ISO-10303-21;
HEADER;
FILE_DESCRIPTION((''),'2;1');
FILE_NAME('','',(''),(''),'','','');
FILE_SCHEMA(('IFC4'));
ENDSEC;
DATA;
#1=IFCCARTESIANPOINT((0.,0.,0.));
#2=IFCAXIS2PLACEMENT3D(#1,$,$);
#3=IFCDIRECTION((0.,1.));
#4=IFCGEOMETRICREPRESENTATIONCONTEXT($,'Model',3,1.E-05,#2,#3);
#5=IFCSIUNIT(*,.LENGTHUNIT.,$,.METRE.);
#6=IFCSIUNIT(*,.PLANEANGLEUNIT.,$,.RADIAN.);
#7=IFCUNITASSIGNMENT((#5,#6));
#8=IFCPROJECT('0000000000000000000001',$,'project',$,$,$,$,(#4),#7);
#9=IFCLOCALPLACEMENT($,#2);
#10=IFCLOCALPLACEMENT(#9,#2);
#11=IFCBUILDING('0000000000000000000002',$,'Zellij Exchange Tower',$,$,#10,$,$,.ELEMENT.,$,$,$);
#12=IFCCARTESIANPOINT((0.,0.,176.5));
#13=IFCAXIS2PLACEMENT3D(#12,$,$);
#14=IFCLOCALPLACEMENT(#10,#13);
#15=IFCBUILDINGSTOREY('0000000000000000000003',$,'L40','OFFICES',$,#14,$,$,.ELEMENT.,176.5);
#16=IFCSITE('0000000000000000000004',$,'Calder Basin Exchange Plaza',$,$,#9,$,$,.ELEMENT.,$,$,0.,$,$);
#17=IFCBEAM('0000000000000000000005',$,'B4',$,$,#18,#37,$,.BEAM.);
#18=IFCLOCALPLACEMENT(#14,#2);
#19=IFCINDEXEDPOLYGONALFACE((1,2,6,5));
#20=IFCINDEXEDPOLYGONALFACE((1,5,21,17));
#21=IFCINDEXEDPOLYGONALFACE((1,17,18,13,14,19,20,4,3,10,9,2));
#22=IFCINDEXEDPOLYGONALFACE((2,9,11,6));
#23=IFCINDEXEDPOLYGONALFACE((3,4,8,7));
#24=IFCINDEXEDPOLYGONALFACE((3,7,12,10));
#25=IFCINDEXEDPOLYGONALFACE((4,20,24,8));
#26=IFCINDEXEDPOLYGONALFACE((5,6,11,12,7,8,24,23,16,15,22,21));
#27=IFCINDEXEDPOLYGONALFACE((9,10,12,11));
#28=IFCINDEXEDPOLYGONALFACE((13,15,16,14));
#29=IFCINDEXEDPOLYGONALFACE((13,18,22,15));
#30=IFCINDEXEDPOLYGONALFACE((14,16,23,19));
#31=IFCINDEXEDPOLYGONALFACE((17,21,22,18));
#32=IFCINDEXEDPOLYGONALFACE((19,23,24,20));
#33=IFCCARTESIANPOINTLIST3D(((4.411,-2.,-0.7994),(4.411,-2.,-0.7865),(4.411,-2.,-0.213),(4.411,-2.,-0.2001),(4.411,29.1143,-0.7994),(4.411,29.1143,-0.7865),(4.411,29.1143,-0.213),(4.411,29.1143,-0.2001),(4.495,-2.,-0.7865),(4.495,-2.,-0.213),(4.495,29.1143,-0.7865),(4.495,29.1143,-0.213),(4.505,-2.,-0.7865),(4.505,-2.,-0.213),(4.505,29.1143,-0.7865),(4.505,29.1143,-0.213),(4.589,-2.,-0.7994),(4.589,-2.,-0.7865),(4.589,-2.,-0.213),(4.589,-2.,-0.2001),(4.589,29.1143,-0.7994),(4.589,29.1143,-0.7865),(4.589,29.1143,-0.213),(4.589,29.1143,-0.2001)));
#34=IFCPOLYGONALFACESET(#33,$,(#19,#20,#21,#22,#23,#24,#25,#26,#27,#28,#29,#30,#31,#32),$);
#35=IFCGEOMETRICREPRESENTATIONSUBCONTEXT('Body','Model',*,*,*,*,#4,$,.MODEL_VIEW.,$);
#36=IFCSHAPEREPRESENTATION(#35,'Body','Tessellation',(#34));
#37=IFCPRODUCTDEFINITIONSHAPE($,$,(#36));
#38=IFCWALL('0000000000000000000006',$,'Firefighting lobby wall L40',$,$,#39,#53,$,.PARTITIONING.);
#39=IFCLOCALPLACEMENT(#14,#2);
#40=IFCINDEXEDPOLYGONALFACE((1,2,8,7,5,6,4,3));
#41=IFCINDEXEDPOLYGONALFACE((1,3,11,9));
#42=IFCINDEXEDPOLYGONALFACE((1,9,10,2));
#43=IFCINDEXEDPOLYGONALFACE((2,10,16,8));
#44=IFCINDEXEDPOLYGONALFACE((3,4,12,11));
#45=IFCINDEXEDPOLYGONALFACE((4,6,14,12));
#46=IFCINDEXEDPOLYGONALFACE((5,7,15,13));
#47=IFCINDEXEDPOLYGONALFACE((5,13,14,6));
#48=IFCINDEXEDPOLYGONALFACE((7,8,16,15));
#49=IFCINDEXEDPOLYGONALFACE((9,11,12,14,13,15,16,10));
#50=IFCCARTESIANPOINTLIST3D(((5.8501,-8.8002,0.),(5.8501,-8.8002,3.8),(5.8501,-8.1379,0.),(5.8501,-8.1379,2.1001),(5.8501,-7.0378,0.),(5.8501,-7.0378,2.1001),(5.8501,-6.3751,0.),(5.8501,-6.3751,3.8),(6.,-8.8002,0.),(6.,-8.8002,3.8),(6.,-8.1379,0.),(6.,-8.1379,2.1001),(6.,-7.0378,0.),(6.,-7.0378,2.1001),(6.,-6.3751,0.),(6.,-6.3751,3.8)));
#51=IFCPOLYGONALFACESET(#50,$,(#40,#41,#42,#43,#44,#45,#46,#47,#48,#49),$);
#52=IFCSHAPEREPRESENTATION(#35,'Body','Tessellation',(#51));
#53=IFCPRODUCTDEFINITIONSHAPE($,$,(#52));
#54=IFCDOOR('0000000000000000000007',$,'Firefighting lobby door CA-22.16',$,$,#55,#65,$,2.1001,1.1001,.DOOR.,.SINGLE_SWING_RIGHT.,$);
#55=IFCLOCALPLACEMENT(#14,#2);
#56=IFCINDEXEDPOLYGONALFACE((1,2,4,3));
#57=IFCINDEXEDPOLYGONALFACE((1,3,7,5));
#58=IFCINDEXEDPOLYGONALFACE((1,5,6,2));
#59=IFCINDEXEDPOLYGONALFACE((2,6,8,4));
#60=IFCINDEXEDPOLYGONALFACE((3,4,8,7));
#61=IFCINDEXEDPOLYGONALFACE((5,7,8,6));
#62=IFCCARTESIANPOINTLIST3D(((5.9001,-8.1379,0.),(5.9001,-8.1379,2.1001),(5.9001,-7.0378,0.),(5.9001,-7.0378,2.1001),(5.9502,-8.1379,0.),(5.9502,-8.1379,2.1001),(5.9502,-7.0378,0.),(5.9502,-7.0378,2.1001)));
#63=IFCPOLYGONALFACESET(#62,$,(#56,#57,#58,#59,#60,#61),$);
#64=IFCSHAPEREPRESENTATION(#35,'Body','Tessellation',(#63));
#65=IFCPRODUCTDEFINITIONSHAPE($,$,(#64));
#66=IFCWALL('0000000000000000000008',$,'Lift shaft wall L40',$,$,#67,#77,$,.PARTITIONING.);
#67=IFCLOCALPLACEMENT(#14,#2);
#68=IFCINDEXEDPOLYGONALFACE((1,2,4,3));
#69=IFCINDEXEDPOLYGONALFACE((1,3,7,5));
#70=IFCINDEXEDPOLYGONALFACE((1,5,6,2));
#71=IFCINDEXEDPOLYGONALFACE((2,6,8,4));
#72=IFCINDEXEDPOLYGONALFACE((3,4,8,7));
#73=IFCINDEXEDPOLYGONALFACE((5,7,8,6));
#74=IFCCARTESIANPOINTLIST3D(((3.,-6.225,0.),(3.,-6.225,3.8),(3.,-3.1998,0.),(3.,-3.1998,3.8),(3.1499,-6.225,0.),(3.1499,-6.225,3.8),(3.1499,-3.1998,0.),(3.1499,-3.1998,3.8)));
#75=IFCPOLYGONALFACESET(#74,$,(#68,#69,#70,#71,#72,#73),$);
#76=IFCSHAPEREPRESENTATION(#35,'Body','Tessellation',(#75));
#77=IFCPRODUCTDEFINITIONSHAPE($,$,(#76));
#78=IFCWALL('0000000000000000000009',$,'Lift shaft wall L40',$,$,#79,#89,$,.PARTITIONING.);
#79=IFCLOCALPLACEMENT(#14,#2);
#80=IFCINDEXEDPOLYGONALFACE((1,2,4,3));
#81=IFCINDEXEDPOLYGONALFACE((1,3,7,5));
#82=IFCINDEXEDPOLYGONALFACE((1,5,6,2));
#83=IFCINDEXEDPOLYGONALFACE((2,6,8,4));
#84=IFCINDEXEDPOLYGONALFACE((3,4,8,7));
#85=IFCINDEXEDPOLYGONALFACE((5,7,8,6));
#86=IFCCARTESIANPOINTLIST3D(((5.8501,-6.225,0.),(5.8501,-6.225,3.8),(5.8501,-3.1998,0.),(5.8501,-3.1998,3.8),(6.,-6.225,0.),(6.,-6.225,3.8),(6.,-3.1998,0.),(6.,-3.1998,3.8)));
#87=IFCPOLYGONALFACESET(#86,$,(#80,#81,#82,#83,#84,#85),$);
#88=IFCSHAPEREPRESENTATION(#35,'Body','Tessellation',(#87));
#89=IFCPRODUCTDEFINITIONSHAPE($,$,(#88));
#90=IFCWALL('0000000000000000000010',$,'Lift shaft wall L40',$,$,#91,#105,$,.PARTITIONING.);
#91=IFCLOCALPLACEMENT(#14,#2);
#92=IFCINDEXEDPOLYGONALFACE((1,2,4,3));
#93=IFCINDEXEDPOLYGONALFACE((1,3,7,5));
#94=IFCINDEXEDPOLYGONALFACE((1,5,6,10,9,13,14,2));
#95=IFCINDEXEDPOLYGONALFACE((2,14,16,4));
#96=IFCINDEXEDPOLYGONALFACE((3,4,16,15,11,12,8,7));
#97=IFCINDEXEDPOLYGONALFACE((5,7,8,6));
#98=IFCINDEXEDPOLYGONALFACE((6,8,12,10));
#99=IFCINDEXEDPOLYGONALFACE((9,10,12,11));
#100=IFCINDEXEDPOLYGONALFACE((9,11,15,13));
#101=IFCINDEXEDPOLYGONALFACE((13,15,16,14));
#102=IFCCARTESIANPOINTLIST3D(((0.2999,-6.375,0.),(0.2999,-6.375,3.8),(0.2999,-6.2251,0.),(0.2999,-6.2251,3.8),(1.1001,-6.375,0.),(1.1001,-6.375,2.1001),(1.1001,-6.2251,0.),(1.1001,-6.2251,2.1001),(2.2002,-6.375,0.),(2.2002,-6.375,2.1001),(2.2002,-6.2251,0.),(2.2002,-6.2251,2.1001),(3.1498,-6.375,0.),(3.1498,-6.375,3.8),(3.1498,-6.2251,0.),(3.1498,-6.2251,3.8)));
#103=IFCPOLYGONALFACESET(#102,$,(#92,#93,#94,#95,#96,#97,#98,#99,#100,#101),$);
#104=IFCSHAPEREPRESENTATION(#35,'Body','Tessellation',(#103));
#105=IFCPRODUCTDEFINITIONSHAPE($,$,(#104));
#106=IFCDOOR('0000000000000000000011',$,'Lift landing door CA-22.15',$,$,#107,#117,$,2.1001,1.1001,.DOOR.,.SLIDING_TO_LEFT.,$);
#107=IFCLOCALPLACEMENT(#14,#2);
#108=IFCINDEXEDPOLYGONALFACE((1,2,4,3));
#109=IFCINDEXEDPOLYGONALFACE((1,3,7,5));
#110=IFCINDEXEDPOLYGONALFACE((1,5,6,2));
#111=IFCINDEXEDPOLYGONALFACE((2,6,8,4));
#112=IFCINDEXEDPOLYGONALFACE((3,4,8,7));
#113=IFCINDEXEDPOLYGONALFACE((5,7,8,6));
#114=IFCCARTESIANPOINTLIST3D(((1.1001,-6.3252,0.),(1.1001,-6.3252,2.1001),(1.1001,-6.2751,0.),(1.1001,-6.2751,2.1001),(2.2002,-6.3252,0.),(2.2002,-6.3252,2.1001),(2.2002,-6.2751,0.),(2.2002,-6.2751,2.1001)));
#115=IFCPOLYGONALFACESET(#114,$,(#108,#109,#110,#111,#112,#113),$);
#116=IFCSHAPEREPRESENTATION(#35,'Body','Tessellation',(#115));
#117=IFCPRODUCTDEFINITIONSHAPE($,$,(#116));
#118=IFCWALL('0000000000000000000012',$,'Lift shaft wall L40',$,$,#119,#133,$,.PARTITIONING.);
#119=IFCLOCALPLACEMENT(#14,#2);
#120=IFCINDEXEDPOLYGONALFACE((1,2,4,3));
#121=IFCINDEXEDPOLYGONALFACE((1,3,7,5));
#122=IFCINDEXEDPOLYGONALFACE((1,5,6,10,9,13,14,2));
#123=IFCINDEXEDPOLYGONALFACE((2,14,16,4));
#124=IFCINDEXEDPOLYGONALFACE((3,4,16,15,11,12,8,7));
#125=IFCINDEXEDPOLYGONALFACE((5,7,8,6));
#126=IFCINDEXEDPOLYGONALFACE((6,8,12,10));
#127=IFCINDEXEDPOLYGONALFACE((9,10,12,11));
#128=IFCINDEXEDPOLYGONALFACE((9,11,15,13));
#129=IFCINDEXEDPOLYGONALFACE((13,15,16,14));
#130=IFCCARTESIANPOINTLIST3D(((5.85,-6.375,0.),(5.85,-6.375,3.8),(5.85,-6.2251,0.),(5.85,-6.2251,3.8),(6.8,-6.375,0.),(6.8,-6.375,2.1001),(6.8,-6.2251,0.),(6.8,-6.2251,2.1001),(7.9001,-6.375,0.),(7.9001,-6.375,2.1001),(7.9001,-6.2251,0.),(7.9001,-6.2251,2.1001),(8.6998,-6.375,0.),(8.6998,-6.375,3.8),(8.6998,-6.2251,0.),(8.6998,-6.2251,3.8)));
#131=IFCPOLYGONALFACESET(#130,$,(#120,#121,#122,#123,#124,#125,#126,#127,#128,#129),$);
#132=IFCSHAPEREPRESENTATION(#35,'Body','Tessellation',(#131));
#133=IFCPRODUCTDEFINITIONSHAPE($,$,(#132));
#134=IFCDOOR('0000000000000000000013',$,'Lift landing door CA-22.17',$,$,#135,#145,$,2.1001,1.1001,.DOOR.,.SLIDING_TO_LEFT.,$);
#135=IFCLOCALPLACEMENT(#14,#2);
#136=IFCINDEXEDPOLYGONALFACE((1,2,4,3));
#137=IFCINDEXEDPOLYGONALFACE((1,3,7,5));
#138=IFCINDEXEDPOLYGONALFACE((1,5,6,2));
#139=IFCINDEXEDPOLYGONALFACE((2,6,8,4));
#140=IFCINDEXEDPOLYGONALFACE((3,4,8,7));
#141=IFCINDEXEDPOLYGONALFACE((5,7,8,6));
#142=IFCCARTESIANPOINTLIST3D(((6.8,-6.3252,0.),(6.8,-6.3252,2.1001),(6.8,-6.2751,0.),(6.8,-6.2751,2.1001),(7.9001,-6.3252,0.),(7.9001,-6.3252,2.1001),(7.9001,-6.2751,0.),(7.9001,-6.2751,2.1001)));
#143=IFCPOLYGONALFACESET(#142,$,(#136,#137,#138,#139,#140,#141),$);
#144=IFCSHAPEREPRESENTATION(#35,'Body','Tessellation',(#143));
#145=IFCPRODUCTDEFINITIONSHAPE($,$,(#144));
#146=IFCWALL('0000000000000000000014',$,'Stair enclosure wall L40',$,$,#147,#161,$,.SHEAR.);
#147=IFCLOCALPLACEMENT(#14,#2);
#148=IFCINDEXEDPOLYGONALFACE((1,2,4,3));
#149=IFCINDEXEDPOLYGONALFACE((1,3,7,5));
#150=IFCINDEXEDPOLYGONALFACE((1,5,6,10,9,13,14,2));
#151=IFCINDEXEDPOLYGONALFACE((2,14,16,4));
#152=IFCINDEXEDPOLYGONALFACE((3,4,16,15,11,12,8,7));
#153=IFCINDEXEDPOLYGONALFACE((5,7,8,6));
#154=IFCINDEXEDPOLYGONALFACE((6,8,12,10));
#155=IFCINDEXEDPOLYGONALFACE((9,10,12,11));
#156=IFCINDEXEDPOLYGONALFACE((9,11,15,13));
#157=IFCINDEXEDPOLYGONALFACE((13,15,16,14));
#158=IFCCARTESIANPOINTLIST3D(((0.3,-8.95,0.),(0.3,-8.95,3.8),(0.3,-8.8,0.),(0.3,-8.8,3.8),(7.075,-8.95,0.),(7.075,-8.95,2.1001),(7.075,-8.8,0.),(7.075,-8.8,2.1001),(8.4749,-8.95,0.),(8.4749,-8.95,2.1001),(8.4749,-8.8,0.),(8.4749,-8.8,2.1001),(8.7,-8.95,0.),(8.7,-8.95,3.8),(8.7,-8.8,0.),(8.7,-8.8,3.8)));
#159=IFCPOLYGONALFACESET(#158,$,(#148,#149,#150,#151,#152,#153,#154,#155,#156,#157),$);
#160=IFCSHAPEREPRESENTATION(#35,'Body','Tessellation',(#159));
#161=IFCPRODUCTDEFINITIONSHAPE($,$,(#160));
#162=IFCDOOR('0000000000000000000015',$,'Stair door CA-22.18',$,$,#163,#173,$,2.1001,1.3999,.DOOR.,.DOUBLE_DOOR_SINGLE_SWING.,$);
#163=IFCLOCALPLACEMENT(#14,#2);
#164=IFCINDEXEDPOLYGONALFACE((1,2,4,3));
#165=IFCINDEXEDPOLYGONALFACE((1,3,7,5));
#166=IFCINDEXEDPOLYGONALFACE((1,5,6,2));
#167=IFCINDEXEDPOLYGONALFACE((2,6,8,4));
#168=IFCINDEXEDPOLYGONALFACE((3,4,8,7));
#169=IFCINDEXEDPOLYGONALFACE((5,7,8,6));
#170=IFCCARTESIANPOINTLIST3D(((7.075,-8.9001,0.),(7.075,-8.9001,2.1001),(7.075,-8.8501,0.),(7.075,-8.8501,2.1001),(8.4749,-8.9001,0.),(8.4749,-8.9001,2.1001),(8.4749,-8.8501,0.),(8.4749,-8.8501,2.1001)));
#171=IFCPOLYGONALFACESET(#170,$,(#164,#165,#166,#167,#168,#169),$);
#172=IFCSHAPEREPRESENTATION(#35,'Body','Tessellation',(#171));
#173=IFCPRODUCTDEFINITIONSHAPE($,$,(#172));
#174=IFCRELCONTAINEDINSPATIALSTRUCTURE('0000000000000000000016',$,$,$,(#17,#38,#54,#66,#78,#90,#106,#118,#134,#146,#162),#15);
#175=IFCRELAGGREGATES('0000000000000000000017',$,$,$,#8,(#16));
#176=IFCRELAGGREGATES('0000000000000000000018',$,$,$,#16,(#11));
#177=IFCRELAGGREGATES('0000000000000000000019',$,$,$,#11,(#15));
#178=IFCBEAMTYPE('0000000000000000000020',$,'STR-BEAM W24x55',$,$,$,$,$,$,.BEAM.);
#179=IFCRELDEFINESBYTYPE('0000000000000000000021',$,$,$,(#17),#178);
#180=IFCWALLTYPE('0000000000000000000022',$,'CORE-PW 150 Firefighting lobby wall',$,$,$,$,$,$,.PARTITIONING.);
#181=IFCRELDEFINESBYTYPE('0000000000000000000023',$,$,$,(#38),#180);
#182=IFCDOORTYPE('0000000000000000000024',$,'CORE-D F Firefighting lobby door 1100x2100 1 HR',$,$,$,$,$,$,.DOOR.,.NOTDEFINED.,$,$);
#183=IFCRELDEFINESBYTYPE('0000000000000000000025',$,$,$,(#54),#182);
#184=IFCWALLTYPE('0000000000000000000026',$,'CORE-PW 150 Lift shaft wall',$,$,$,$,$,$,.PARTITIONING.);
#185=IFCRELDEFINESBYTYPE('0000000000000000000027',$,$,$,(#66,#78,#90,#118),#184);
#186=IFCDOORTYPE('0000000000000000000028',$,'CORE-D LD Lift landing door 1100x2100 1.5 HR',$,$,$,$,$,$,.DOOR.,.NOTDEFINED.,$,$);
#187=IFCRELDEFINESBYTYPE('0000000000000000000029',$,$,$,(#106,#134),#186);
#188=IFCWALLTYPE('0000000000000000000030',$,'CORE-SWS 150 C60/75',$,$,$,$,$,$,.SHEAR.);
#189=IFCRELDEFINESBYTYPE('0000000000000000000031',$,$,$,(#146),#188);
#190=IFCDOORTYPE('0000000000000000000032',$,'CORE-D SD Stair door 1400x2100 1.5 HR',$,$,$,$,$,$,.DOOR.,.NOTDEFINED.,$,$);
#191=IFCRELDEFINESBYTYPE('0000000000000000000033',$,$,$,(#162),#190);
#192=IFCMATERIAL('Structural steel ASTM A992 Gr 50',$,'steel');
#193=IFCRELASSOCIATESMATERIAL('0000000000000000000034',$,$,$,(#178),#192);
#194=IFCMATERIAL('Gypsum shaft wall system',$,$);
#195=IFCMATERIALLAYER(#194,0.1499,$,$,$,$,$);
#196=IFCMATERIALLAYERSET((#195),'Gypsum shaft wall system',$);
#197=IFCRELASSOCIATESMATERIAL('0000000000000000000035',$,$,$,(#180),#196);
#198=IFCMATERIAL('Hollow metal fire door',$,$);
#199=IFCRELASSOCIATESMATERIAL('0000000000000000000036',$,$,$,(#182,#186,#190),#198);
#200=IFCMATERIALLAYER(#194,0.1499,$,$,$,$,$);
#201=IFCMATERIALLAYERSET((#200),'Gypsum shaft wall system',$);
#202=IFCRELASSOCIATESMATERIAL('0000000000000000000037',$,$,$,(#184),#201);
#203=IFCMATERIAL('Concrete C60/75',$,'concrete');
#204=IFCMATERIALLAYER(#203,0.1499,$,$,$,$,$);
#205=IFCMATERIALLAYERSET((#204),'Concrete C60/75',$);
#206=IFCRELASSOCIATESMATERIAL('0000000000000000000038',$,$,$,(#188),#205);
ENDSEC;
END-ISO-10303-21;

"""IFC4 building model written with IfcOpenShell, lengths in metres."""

from ifc_helpers import new_model, si_unit, direction, frame, frame_2d, origin, origin_2d, place, context, subcontext, project, spatial, rectangle, i_section, extrude, material, layer, layer_set, material_profile, profile_set, type_object, element, fill, save


model = new_model("IFC4")

# Units and contexts
model_context = context("Model", 3, precision=1e-05, world=origin(), true_north=direction((0.0, 1.0)))
body_context = subcontext(model_context, "Body", "Model", "MODEL_VIEW")
ifc_project = project(units=[si_unit("LENGTHUNIT", "METRE"), si_unit("PLANEANGLEUNIT", "RADIAN")], contexts=[model_context])

# Site, building, storey
site_placement = place(None, origin())
site = spatial("IfcSite", under=ifc_project, at=site_placement, Name="Calder Basin Exchange Plaza", CompositionType="ELEMENT", RefElevation=0.0)
building_placement = place(site_placement, origin())
building = spatial("IfcBuilding", under=site, at=building_placement, Name="Zellij Exchange Tower", CompositionType="ELEMENT")
storey_placement = place(building_placement, frame((0.0, 0.0, 176.5)))
storey = spatial("IfcBuildingStorey", under=building, at=storey_placement, Name="L40", Description="OFFICES", CompositionType="ELEMENT", Elevation=176.5)

# Beam
ifc_material_1 = material(Name="Structural steel ASTM A992 Gr 50", Category="steel")
ifc_material_profile = material_profile(ifc_material_1, i_section(OverallWidth=0.178, OverallDepth=0.5994, WebThickness=0.01, FlangeThickness=0.0129, at=origin_2d()), Name="W24x55")
ifc_profile_set = profile_set([ifc_material_profile], Name="Structural steel ASTM A992 Gr 50")
beam_type = type_object("IfcBeamType", Name="STR-BEAM W24x55", PredefinedType="BEAM", material=ifc_profile_set)
beam_placement = place(storey_placement, frame((4.5, -2.0, -0.4998), z_axis=(0.0, 1.0, 0.0), x_axis=(-1.0, 0.0, 0.0)))
element("IfcBeam", 1, at=beam_placement, inside=storey, type_object=beam_type, Name="B4", PredefinedType="BEAM", context=body_context, shape_type="SweptSolid", body=[
    extrude(i_section(OverallWidth=0.178, OverallDepth=0.5994, WebThickness=0.01, FlangeThickness=0.0129, at=origin_2d()), origin(), (0.0, 0.0, 1.0), 31.1143),
])

# Wall, opening, door
ifc_material_2 = material(Name="Gypsum shaft wall system")
ifc_layer_1 = layer(ifc_material_2, 0.1499)
ifc_layer_set_1 = layer_set([ifc_layer_1], Name="Gypsum shaft wall system")
wall_type_1 = type_object("IfcWallType", Name="CORE-PW 150 Firefighting lobby wall", PredefinedType="PARTITIONING", material=ifc_layer_set_1)
wall_1_placement = place(storey_placement, frame((5.925, -8.8, 0.0), z_axis=(0.0, 0.0, 1.0), x_axis=(0.0, 1.0, 0.0)))
wall_1 = element("IfcWall", 2, at=wall_1_placement, inside=storey, type_object=wall_type_1, Name="Firefighting lobby wall L40", PredefinedType="PARTITIONING", context=body_context, shape_type="SweptSolid", body=[
    extrude(rectangle(XDim=2.425, YDim=0.1499, at=frame_2d((1.2124, 0.0))), origin(), (0.0, 0.0, 1.0), 3.8),
])
opening_1_placement = place(wall_1_placement, frame((0.6621, 0.0, 0.0)))
opening_1 = element("IfcOpeningElement", 3, at=opening_1_placement, cuts=wall_1, PredefinedType="OPENING", context=body_context, shape_type="SweptSolid", body=[
    extrude(rectangle(XDim=1.1001, YDim=2.1001, at=frame_2d((0.55, 1.05))), frame((0.0, 0.0869, 0.0), z_axis=(0.0, -1.0, 0.0), x_axis=(1.0, 0.0, 0.0)), (0.0, 0.0, 1.0), 0.1738),
])
ifc_material_3 = material(Name="Hollow metal fire door")
door_type_1 = type_object("IfcDoorType", Name="CORE-D F Firefighting lobby door 1100x2100 1 HR", OperationType="NOTDEFINED", PredefinedType="DOOR", material=ifc_material_3)
door_1_placement = place(opening_1_placement, origin())
door_1 = element("IfcDoor", 4, at=door_1_placement, inside=storey, type_object=door_type_1, Name="Firefighting lobby door CA-22.16", OperationType="SINGLE_SWING_RIGHT", OverallHeight=2.1001, OverallWidth=1.1001, PredefinedType="DOOR", context=body_context, shape_type="SweptSolid", body=[
    extrude(rectangle(XDim=1.1001, YDim=2.1001, at=frame_2d((0.55, 1.05))), frame((0.0, 0.0249, 0.0), z_axis=(0.0, -1.0, 0.0), x_axis=(1.0, 0.0, 0.0)), (0.0, 0.0, 1.0), 0.05),
])
fill(opening_1, door_1)

# Walls
ifc_layer_2 = layer(ifc_material_2, 0.1499)
ifc_layer_set_2 = layer_set([ifc_layer_2], Name="Gypsum shaft wall system")
wall_type_2 = type_object("IfcWallType", Name="CORE-PW 150 Lift shaft wall", PredefinedType="PARTITIONING", material=ifc_layer_set_2)
for number, where, z_axis, x_axis, name in (
    (5, (3.075, -6.2251, 0.0), (0.0, 0.0, 1.0), (0.0, 1.0, 0.0), "Lift shaft wall L40"),
    (6, (5.925, -6.2251, 0.0), (0.0, 0.0, 1.0), (0.0, 1.0, 0.0), "Lift shaft wall L40"),
):
    element("IfcWall", number, at=place(storey_placement, frame(where, z_axis=z_axis, x_axis=x_axis)), inside=storey, type_object=wall_type_2, Name=name, PredefinedType="PARTITIONING", context=body_context, shape_type="SweptSolid", body=[
        extrude(rectangle(XDim=3.0251, YDim=0.1499, at=frame_2d((1.5127, 0.0))), origin(), (0.0, 0.0, 1.0), 3.8),
    ])

# Walls, openings, doors
wall_2_placement = place(storey_placement, frame((0.3, -6.3, 0.0), z_axis=(0.0, 0.0, 1.0), x_axis=(1.0, 0.0, 0.0)))
wall_2 = element("IfcWall", 7, at=wall_2_placement, inside=storey, type_object=wall_type_2, Name="Lift shaft wall L40", PredefinedType="PARTITIONING", context=body_context, shape_type="SweptSolid", body=[
    extrude(rectangle(XDim=2.8499, YDim=0.1499, at=frame_2d((1.4248, 0.0))), origin(), (0.0, 0.0, 1.0), 3.8),
])
opening_2_placement = place(wall_2_placement, frame((0.8, 0.0, 0.0)))
opening_2 = element("IfcOpeningElement", 8, at=opening_2_placement, cuts=wall_2, PredefinedType="OPENING", context=body_context, shape_type="SweptSolid", body=[
    extrude(rectangle(XDim=1.1001, YDim=2.1001, at=frame_2d((0.55, 1.05))), frame((0.0, 0.0869, 0.0), z_axis=(0.0, -1.0, 0.0), x_axis=(1.0, 0.0, 0.0)), (0.0, 0.0, 1.0), 0.1738),
])
door_type_2 = type_object("IfcDoorType", Name="CORE-D LD Lift landing door 1100x2100 1.5 HR", OperationType="NOTDEFINED", PredefinedType="DOOR", material=ifc_material_3)
door_2_placement = place(opening_2_placement, origin())
door_2 = element("IfcDoor", 9, at=door_2_placement, inside=storey, type_object=door_type_2, Name="Lift landing door CA-22.15", OperationType="SLIDING_TO_LEFT", OverallHeight=2.1001, OverallWidth=1.1001, PredefinedType="DOOR", context=body_context, shape_type="SweptSolid", body=[
    extrude(rectangle(XDim=1.1001, YDim=2.1001, at=frame_2d((0.55, 1.05))), frame((0.0, 0.0249, 0.0), z_axis=(0.0, -1.0, 0.0), x_axis=(1.0, 0.0, 0.0)), (0.0, 0.0, 1.0), 0.05),
])
fill(opening_2, door_2)
wall_3_placement = place(storey_placement, frame((5.8501, -6.3, 0.0), z_axis=(0.0, 0.0, 1.0), x_axis=(1.0, 0.0, 0.0)))
wall_3 = element("IfcWall", 10, at=wall_3_placement, inside=storey, type_object=wall_type_2, Name="Lift shaft wall L40", PredefinedType="PARTITIONING", context=body_context, shape_type="SweptSolid", body=[
    extrude(rectangle(XDim=2.8499, YDim=0.1499, at=frame_2d((1.4248, 0.0))), origin(), (0.0, 0.0, 1.0), 3.8),
])
opening_3_placement = place(wall_3_placement, frame((0.95, 0.0, 0.0)))
opening_3 = element("IfcOpeningElement", 11, at=opening_3_placement, cuts=wall_3, PredefinedType="OPENING", context=body_context, shape_type="SweptSolid", body=[
    extrude(rectangle(XDim=1.1001, YDim=2.1001, at=frame_2d((0.55, 1.05))), frame((0.0, 0.0869, 0.0), z_axis=(0.0, -1.0, 0.0), x_axis=(1.0, 0.0, 0.0)), (0.0, 0.0, 1.0), 0.1738),
])
door_3_placement = place(opening_3_placement, origin())
door_3 = element("IfcDoor", 12, at=door_3_placement, inside=storey, type_object=door_type_2, Name="Lift landing door CA-22.17", OperationType="SLIDING_TO_LEFT", OverallHeight=2.1001, OverallWidth=1.1001, PredefinedType="DOOR", context=body_context, shape_type="SweptSolid", body=[
    extrude(rectangle(XDim=1.1001, YDim=2.1001, at=frame_2d((0.55, 1.05))), frame((0.0, 0.0249, 0.0), z_axis=(0.0, -1.0, 0.0), x_axis=(1.0, 0.0, 0.0)), (0.0, 0.0, 1.0), 0.05),
])
fill(opening_3, door_3)
ifc_material_4 = material(Name="Concrete C60/75", Category="concrete")
ifc_layer_3 = layer(ifc_material_4, 0.1499)
ifc_layer_set_3 = layer_set([ifc_layer_3], Name="Concrete C60/75")
wall_type_3 = type_object("IfcWallType", Name="CORE-SWS 150 C60/75", PredefinedType="SHEAR", material=ifc_layer_set_3)
wall_4_placement = place(storey_placement, frame((0.3, -8.875, 0.0), z_axis=(0.0, 0.0, 1.0), x_axis=(1.0, 0.0, 0.0)))
wall_4 = element("IfcWall", 13, at=wall_4_placement, inside=storey, type_object=wall_type_3, Name="Stair enclosure wall L40", PredefinedType="SHEAR", context=body_context, shape_type="SweptSolid", body=[
    extrude(rectangle(XDim=8.3999, YDim=0.1499, at=frame_2d((4.2, 0.0))), origin(), (0.0, 0.0, 1.0), 3.8),
])
opening_4_placement = place(wall_4_placement, frame((6.7749, 0.0, 0.0)))
opening_4 = element("IfcOpeningElement", 14, at=opening_4_placement, cuts=wall_4, PredefinedType="OPENING", context=body_context, shape_type="SweptSolid", body=[
    extrude(rectangle(XDim=1.3999, YDim=2.1001, at=frame_2d((0.7, 1.05))), frame((0.0, 0.0869, 0.0), z_axis=(0.0, -1.0, 0.0), x_axis=(1.0, 0.0, 0.0)), (0.0, 0.0, 1.0), 0.1738),
])
door_type_3 = type_object("IfcDoorType", Name="CORE-D SD Stair door 1400x2100 1.5 HR", OperationType="NOTDEFINED", PredefinedType="DOOR", material=ifc_material_3)
door_4_placement = place(opening_4_placement, origin())
door_4 = element("IfcDoor", 15, at=door_4_placement, inside=storey, type_object=door_type_3, Name="Stair door CA-22.18", OperationType="DOUBLE_DOOR_SINGLE_SWING", OverallHeight=2.1001, OverallWidth=1.3999, PredefinedType="DOOR", context=body_context, shape_type="SweptSolid", body=[
    extrude(rectangle(XDim=1.3999, YDim=2.1001, at=frame_2d((0.7, 1.05))), frame((0.0, 0.0249, 0.0), z_axis=(0.0, -1.0, 0.0), x_axis=(1.0, 0.0, 0.0)), (0.0, 0.0, 1.0), 0.05),
])
fill(opening_4, door_4)

save(model, "model.ifc")
